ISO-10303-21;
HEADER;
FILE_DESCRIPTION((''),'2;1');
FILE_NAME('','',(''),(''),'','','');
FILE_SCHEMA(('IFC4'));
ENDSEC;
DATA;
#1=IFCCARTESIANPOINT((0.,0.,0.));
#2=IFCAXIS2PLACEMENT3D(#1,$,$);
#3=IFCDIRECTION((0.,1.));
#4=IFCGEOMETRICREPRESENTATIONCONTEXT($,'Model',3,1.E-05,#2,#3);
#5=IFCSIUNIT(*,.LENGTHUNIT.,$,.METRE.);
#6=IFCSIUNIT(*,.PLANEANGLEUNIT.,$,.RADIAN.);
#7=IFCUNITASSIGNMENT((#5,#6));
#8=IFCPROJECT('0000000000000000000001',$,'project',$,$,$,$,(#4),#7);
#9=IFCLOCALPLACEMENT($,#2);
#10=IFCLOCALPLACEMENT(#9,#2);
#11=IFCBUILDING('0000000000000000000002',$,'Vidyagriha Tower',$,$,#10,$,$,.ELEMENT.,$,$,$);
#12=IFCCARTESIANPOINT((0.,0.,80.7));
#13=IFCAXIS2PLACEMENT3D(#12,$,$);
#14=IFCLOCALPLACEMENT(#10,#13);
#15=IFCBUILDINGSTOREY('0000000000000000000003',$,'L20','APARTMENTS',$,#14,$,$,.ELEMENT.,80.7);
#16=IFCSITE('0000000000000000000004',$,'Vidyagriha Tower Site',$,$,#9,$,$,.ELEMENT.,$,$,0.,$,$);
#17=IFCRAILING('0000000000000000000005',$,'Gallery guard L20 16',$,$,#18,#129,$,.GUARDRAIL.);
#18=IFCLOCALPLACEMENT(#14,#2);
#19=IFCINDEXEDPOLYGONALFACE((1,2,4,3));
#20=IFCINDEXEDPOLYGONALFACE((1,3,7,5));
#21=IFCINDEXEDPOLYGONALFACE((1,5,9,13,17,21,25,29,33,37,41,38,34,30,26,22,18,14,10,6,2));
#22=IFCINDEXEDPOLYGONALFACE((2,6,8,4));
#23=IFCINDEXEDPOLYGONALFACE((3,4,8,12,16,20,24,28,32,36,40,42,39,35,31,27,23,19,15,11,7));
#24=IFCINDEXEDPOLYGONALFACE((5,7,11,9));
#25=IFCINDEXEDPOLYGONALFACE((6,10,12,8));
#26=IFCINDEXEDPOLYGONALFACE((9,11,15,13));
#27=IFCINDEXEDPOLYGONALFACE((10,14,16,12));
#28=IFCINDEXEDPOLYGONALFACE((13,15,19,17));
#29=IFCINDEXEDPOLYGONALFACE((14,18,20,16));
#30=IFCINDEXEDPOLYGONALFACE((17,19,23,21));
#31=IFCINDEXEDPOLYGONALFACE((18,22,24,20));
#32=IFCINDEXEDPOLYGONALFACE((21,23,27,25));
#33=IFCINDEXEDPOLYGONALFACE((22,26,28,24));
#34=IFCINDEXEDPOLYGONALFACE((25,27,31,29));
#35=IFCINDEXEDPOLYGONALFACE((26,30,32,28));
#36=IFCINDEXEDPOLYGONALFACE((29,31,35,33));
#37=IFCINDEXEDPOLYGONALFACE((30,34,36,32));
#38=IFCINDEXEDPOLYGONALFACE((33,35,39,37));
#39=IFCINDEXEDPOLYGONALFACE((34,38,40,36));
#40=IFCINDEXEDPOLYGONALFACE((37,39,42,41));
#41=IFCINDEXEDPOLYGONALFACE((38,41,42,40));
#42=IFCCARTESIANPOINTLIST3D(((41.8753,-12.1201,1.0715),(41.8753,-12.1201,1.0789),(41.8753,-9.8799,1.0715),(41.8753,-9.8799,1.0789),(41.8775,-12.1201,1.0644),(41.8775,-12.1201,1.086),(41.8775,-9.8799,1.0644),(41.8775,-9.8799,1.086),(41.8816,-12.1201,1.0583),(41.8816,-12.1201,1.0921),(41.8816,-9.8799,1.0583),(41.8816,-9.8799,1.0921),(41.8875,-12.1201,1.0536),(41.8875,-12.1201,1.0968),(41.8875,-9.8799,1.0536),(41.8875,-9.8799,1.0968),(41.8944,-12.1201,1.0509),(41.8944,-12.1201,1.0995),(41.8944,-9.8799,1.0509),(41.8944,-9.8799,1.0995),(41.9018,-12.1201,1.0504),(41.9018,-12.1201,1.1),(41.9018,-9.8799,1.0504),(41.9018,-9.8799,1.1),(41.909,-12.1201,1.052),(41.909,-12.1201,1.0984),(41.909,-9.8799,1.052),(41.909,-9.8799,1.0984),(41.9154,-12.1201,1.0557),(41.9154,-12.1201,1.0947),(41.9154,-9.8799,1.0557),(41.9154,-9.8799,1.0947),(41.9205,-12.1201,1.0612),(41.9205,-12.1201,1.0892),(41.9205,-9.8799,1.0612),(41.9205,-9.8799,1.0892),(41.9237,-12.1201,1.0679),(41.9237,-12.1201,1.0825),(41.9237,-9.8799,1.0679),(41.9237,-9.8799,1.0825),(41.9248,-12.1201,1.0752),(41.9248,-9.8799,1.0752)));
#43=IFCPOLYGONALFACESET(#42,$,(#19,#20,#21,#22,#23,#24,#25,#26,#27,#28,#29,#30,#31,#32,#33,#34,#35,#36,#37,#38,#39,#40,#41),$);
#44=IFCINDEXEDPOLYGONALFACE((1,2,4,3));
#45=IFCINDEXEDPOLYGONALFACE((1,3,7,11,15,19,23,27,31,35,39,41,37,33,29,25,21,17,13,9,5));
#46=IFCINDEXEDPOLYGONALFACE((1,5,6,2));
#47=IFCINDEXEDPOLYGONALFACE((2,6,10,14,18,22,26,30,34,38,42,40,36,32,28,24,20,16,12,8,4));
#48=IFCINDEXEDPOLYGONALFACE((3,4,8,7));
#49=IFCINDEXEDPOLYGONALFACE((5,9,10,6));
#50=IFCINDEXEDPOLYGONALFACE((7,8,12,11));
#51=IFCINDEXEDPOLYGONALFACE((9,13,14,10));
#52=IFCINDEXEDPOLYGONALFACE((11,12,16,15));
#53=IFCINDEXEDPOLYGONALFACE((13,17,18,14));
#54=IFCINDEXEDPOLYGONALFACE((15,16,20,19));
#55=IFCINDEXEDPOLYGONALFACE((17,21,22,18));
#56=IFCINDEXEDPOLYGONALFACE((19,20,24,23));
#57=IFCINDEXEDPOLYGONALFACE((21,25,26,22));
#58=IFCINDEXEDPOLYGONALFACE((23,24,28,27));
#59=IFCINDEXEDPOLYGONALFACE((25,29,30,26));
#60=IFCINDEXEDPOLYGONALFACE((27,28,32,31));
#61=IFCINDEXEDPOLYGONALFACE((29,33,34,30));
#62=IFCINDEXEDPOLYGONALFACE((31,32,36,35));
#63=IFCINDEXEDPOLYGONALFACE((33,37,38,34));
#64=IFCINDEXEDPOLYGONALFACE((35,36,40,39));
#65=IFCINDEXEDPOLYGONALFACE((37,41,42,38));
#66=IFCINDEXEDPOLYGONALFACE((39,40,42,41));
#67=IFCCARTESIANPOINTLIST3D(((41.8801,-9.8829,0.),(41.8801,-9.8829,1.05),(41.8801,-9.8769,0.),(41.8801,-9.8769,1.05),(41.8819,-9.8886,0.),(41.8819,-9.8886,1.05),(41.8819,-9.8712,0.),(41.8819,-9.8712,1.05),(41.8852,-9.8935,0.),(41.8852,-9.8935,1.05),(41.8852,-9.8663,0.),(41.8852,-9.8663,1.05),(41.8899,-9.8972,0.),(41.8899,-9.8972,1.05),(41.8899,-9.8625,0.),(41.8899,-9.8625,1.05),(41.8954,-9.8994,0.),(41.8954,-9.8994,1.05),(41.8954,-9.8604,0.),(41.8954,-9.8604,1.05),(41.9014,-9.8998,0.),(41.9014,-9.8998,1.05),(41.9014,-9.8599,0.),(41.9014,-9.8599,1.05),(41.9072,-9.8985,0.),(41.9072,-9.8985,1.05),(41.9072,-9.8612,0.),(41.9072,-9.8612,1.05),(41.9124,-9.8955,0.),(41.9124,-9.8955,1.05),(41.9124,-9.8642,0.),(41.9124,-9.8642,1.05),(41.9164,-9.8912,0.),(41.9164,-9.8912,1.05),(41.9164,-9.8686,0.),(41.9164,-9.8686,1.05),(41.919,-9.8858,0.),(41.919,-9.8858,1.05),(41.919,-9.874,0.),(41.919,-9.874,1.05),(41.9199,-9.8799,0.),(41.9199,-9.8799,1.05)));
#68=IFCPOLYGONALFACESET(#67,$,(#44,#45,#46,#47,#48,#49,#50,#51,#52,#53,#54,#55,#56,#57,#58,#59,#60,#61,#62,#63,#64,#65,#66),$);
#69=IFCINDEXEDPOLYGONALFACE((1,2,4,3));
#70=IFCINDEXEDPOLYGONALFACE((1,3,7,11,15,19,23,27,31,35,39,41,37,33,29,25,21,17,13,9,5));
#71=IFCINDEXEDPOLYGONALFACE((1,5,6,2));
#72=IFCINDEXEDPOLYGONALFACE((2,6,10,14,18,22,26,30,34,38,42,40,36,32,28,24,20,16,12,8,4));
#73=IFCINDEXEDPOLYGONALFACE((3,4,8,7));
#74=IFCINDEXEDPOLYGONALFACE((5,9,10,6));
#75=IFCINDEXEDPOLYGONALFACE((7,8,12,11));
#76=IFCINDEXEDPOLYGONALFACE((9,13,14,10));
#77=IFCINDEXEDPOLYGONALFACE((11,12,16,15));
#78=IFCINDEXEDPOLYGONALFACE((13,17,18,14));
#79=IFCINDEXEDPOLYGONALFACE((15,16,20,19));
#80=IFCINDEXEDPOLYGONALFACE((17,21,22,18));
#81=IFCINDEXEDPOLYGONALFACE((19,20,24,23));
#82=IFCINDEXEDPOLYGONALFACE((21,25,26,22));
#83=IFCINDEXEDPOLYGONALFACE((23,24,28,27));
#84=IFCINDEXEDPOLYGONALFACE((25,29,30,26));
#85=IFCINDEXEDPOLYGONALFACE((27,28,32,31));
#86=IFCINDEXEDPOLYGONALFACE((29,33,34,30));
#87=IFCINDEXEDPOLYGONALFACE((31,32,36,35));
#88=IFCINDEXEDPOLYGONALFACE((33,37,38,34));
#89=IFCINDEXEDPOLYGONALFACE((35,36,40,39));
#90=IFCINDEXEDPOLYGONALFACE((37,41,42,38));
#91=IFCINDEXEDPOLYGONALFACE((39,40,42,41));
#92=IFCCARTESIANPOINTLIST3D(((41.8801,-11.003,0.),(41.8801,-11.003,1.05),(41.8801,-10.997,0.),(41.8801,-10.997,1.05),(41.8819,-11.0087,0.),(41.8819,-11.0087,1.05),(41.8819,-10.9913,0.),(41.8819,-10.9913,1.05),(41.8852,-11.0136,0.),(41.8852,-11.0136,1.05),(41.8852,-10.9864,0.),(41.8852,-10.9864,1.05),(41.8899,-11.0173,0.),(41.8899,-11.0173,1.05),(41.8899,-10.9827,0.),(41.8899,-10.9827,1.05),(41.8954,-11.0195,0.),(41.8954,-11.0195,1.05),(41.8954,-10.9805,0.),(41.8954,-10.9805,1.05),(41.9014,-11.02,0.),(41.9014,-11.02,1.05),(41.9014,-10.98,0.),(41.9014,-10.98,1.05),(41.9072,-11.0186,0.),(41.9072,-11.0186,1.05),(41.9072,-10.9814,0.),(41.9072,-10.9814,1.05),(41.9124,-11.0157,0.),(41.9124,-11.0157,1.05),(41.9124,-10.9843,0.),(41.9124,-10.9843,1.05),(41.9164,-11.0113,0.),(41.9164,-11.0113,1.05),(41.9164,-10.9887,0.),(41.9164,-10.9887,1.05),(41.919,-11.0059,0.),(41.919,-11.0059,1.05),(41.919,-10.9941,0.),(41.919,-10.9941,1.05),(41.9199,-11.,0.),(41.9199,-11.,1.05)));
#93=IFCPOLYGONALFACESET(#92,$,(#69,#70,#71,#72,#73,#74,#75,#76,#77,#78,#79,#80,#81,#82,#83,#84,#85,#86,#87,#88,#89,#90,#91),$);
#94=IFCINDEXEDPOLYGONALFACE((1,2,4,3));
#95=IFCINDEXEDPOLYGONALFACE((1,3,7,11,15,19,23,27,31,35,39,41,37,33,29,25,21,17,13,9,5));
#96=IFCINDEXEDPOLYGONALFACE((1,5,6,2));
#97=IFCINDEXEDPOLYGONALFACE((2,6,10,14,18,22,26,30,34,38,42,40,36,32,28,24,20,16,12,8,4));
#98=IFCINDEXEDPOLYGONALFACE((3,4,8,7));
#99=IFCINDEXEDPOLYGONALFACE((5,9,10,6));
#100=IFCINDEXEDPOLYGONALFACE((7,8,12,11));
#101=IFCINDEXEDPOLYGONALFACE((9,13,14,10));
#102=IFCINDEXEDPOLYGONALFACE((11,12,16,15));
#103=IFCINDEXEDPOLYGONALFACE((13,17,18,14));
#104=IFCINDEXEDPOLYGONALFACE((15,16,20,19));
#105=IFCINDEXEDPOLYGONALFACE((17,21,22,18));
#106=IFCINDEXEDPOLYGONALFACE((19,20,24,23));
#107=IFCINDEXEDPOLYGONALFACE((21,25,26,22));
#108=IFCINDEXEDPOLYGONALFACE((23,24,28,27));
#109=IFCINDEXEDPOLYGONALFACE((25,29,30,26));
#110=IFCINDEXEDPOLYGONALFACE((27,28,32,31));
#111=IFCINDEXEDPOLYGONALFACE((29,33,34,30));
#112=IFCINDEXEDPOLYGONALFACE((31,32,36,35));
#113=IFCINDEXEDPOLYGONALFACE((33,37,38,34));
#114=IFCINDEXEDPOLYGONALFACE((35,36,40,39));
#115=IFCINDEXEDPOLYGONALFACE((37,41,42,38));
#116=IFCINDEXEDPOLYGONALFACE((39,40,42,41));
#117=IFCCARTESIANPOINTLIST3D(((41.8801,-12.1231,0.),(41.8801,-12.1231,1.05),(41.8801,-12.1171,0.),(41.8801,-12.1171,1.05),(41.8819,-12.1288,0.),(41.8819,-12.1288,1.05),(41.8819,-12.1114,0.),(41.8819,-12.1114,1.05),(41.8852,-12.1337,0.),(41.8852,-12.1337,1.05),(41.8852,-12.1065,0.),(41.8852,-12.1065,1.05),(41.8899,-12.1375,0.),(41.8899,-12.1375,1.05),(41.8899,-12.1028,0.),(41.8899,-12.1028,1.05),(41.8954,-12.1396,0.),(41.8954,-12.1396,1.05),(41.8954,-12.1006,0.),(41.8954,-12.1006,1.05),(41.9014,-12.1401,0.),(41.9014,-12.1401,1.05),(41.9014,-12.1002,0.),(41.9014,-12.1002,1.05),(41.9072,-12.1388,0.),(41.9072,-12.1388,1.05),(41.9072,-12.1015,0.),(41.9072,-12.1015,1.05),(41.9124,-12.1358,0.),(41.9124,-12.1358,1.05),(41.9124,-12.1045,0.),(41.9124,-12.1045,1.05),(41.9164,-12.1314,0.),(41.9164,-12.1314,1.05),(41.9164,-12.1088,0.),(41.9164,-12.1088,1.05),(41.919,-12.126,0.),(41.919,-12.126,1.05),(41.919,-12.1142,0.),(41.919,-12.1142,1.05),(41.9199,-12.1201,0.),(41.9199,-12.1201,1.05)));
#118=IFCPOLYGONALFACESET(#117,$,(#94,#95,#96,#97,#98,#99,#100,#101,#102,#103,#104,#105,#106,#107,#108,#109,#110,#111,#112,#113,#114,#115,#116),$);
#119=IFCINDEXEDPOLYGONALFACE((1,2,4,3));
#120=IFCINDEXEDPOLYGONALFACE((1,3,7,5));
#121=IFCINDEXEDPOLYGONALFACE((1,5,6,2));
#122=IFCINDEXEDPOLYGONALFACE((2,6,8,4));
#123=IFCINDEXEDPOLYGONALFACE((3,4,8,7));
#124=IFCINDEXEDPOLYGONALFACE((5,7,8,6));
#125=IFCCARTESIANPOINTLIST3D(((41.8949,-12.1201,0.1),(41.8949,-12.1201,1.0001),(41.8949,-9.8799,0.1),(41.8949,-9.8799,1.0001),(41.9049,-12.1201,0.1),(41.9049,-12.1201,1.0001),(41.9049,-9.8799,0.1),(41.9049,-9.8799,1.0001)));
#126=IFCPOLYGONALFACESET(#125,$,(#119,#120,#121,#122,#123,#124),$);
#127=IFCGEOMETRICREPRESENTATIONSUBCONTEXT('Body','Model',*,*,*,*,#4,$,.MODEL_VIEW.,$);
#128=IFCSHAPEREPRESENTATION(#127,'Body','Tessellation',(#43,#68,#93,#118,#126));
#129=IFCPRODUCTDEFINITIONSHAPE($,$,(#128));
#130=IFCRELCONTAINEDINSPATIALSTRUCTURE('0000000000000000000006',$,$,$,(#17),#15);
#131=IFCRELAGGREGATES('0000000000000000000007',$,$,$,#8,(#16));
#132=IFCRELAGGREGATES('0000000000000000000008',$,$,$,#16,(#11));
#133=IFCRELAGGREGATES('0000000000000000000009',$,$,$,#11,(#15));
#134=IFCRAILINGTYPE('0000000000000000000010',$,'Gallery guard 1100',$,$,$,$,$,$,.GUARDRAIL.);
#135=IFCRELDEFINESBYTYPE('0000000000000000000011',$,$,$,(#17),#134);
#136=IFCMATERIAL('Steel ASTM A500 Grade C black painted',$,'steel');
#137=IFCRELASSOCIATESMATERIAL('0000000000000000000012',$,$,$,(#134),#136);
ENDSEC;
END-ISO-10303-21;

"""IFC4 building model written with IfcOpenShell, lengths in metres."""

from ifc_helpers import new_model, si_unit, direction, frame, origin, origin_2d, place, context, subcontext, project, spatial, rectangle, circle, extrude, material, type_object, element, save


model = new_model("IFC4")

# Units and contexts
model_context = context("Model", 3, precision=1e-05, world=origin(), true_north=direction((0.0, 1.0)))
body_context = subcontext(model_context, "Body", "Model", "MODEL_VIEW")
ifc_project = project(units=[si_unit("LENGTHUNIT", "METRE"), si_unit("PLANEANGLEUNIT", "RADIAN")], contexts=[model_context])

# Site, building, storey
site_placement = place(None, origin())
site = spatial("IfcSite", under=ifc_project, at=site_placement, Name="Vidyagriha Tower Site", CompositionType="ELEMENT", RefElevation=0.0)
building_placement = place(site_placement, origin())
building = spatial("IfcBuilding", under=site, at=building_placement, Name="Vidyagriha Tower", CompositionType="ELEMENT")
storey_placement = place(building_placement, frame((0.0, 0.0, 80.7)))
storey = spatial("IfcBuildingStorey", under=building, at=storey_placement, Name="L20", Description="APARTMENTS", CompositionType="ELEMENT", Elevation=80.7)

# Railing
ifc_material_1 = material(Name="Steel ASTM A500 Grade C black painted", Category="steel")
railing_type_1 = type_object("IfcRailingType", Name="Gallery guard 1100", PredefinedType="GUARDRAIL", material=ifc_material_1)
railing_1_placement = place(storey_placement, frame((41.8999, -9.8799, 0.0)))
element("IfcRailing", 1, at=railing_1_placement, inside=storey, type_object=railing_type_1, Name="Gallery guard L20 16", PredefinedType="GUARDRAIL", context=body_context, shape_type="SweptSolid", body=[
    extrude(circle(Radius=0.0249, at=origin_2d()), frame((0.0, 0.0, 1.0752), z_axis=(0.0, -1.0, 0.0), x_axis=(1.0, 0.0, 0.0)), (0.0, 0.0, 1.0), 2.2402),
    extrude(circle(Radius=0.02, at=origin_2d()), origin(), (0.0, 0.0, 1.0), 1.05),
    extrude(circle(Radius=0.02, at=origin_2d()), frame((0.0, -1.1201, 0.0)), (0.0, 0.0, 1.0), 1.05),
    extrude(circle(Radius=0.02, at=origin_2d()), frame((0.0, -2.2402, 0.0)), (0.0, 0.0, 1.0), 1.05),
    extrude(rectangle(XDim=0.01, YDim=0.9001, at=origin_2d()), frame((0.0, 0.0, 0.55), z_axis=(0.0, -1.0, 0.0), x_axis=(1.0, 0.0, 0.0)), (0.0, 0.0, 1.0), 2.2402),
])

save(model, "model.ifc")
